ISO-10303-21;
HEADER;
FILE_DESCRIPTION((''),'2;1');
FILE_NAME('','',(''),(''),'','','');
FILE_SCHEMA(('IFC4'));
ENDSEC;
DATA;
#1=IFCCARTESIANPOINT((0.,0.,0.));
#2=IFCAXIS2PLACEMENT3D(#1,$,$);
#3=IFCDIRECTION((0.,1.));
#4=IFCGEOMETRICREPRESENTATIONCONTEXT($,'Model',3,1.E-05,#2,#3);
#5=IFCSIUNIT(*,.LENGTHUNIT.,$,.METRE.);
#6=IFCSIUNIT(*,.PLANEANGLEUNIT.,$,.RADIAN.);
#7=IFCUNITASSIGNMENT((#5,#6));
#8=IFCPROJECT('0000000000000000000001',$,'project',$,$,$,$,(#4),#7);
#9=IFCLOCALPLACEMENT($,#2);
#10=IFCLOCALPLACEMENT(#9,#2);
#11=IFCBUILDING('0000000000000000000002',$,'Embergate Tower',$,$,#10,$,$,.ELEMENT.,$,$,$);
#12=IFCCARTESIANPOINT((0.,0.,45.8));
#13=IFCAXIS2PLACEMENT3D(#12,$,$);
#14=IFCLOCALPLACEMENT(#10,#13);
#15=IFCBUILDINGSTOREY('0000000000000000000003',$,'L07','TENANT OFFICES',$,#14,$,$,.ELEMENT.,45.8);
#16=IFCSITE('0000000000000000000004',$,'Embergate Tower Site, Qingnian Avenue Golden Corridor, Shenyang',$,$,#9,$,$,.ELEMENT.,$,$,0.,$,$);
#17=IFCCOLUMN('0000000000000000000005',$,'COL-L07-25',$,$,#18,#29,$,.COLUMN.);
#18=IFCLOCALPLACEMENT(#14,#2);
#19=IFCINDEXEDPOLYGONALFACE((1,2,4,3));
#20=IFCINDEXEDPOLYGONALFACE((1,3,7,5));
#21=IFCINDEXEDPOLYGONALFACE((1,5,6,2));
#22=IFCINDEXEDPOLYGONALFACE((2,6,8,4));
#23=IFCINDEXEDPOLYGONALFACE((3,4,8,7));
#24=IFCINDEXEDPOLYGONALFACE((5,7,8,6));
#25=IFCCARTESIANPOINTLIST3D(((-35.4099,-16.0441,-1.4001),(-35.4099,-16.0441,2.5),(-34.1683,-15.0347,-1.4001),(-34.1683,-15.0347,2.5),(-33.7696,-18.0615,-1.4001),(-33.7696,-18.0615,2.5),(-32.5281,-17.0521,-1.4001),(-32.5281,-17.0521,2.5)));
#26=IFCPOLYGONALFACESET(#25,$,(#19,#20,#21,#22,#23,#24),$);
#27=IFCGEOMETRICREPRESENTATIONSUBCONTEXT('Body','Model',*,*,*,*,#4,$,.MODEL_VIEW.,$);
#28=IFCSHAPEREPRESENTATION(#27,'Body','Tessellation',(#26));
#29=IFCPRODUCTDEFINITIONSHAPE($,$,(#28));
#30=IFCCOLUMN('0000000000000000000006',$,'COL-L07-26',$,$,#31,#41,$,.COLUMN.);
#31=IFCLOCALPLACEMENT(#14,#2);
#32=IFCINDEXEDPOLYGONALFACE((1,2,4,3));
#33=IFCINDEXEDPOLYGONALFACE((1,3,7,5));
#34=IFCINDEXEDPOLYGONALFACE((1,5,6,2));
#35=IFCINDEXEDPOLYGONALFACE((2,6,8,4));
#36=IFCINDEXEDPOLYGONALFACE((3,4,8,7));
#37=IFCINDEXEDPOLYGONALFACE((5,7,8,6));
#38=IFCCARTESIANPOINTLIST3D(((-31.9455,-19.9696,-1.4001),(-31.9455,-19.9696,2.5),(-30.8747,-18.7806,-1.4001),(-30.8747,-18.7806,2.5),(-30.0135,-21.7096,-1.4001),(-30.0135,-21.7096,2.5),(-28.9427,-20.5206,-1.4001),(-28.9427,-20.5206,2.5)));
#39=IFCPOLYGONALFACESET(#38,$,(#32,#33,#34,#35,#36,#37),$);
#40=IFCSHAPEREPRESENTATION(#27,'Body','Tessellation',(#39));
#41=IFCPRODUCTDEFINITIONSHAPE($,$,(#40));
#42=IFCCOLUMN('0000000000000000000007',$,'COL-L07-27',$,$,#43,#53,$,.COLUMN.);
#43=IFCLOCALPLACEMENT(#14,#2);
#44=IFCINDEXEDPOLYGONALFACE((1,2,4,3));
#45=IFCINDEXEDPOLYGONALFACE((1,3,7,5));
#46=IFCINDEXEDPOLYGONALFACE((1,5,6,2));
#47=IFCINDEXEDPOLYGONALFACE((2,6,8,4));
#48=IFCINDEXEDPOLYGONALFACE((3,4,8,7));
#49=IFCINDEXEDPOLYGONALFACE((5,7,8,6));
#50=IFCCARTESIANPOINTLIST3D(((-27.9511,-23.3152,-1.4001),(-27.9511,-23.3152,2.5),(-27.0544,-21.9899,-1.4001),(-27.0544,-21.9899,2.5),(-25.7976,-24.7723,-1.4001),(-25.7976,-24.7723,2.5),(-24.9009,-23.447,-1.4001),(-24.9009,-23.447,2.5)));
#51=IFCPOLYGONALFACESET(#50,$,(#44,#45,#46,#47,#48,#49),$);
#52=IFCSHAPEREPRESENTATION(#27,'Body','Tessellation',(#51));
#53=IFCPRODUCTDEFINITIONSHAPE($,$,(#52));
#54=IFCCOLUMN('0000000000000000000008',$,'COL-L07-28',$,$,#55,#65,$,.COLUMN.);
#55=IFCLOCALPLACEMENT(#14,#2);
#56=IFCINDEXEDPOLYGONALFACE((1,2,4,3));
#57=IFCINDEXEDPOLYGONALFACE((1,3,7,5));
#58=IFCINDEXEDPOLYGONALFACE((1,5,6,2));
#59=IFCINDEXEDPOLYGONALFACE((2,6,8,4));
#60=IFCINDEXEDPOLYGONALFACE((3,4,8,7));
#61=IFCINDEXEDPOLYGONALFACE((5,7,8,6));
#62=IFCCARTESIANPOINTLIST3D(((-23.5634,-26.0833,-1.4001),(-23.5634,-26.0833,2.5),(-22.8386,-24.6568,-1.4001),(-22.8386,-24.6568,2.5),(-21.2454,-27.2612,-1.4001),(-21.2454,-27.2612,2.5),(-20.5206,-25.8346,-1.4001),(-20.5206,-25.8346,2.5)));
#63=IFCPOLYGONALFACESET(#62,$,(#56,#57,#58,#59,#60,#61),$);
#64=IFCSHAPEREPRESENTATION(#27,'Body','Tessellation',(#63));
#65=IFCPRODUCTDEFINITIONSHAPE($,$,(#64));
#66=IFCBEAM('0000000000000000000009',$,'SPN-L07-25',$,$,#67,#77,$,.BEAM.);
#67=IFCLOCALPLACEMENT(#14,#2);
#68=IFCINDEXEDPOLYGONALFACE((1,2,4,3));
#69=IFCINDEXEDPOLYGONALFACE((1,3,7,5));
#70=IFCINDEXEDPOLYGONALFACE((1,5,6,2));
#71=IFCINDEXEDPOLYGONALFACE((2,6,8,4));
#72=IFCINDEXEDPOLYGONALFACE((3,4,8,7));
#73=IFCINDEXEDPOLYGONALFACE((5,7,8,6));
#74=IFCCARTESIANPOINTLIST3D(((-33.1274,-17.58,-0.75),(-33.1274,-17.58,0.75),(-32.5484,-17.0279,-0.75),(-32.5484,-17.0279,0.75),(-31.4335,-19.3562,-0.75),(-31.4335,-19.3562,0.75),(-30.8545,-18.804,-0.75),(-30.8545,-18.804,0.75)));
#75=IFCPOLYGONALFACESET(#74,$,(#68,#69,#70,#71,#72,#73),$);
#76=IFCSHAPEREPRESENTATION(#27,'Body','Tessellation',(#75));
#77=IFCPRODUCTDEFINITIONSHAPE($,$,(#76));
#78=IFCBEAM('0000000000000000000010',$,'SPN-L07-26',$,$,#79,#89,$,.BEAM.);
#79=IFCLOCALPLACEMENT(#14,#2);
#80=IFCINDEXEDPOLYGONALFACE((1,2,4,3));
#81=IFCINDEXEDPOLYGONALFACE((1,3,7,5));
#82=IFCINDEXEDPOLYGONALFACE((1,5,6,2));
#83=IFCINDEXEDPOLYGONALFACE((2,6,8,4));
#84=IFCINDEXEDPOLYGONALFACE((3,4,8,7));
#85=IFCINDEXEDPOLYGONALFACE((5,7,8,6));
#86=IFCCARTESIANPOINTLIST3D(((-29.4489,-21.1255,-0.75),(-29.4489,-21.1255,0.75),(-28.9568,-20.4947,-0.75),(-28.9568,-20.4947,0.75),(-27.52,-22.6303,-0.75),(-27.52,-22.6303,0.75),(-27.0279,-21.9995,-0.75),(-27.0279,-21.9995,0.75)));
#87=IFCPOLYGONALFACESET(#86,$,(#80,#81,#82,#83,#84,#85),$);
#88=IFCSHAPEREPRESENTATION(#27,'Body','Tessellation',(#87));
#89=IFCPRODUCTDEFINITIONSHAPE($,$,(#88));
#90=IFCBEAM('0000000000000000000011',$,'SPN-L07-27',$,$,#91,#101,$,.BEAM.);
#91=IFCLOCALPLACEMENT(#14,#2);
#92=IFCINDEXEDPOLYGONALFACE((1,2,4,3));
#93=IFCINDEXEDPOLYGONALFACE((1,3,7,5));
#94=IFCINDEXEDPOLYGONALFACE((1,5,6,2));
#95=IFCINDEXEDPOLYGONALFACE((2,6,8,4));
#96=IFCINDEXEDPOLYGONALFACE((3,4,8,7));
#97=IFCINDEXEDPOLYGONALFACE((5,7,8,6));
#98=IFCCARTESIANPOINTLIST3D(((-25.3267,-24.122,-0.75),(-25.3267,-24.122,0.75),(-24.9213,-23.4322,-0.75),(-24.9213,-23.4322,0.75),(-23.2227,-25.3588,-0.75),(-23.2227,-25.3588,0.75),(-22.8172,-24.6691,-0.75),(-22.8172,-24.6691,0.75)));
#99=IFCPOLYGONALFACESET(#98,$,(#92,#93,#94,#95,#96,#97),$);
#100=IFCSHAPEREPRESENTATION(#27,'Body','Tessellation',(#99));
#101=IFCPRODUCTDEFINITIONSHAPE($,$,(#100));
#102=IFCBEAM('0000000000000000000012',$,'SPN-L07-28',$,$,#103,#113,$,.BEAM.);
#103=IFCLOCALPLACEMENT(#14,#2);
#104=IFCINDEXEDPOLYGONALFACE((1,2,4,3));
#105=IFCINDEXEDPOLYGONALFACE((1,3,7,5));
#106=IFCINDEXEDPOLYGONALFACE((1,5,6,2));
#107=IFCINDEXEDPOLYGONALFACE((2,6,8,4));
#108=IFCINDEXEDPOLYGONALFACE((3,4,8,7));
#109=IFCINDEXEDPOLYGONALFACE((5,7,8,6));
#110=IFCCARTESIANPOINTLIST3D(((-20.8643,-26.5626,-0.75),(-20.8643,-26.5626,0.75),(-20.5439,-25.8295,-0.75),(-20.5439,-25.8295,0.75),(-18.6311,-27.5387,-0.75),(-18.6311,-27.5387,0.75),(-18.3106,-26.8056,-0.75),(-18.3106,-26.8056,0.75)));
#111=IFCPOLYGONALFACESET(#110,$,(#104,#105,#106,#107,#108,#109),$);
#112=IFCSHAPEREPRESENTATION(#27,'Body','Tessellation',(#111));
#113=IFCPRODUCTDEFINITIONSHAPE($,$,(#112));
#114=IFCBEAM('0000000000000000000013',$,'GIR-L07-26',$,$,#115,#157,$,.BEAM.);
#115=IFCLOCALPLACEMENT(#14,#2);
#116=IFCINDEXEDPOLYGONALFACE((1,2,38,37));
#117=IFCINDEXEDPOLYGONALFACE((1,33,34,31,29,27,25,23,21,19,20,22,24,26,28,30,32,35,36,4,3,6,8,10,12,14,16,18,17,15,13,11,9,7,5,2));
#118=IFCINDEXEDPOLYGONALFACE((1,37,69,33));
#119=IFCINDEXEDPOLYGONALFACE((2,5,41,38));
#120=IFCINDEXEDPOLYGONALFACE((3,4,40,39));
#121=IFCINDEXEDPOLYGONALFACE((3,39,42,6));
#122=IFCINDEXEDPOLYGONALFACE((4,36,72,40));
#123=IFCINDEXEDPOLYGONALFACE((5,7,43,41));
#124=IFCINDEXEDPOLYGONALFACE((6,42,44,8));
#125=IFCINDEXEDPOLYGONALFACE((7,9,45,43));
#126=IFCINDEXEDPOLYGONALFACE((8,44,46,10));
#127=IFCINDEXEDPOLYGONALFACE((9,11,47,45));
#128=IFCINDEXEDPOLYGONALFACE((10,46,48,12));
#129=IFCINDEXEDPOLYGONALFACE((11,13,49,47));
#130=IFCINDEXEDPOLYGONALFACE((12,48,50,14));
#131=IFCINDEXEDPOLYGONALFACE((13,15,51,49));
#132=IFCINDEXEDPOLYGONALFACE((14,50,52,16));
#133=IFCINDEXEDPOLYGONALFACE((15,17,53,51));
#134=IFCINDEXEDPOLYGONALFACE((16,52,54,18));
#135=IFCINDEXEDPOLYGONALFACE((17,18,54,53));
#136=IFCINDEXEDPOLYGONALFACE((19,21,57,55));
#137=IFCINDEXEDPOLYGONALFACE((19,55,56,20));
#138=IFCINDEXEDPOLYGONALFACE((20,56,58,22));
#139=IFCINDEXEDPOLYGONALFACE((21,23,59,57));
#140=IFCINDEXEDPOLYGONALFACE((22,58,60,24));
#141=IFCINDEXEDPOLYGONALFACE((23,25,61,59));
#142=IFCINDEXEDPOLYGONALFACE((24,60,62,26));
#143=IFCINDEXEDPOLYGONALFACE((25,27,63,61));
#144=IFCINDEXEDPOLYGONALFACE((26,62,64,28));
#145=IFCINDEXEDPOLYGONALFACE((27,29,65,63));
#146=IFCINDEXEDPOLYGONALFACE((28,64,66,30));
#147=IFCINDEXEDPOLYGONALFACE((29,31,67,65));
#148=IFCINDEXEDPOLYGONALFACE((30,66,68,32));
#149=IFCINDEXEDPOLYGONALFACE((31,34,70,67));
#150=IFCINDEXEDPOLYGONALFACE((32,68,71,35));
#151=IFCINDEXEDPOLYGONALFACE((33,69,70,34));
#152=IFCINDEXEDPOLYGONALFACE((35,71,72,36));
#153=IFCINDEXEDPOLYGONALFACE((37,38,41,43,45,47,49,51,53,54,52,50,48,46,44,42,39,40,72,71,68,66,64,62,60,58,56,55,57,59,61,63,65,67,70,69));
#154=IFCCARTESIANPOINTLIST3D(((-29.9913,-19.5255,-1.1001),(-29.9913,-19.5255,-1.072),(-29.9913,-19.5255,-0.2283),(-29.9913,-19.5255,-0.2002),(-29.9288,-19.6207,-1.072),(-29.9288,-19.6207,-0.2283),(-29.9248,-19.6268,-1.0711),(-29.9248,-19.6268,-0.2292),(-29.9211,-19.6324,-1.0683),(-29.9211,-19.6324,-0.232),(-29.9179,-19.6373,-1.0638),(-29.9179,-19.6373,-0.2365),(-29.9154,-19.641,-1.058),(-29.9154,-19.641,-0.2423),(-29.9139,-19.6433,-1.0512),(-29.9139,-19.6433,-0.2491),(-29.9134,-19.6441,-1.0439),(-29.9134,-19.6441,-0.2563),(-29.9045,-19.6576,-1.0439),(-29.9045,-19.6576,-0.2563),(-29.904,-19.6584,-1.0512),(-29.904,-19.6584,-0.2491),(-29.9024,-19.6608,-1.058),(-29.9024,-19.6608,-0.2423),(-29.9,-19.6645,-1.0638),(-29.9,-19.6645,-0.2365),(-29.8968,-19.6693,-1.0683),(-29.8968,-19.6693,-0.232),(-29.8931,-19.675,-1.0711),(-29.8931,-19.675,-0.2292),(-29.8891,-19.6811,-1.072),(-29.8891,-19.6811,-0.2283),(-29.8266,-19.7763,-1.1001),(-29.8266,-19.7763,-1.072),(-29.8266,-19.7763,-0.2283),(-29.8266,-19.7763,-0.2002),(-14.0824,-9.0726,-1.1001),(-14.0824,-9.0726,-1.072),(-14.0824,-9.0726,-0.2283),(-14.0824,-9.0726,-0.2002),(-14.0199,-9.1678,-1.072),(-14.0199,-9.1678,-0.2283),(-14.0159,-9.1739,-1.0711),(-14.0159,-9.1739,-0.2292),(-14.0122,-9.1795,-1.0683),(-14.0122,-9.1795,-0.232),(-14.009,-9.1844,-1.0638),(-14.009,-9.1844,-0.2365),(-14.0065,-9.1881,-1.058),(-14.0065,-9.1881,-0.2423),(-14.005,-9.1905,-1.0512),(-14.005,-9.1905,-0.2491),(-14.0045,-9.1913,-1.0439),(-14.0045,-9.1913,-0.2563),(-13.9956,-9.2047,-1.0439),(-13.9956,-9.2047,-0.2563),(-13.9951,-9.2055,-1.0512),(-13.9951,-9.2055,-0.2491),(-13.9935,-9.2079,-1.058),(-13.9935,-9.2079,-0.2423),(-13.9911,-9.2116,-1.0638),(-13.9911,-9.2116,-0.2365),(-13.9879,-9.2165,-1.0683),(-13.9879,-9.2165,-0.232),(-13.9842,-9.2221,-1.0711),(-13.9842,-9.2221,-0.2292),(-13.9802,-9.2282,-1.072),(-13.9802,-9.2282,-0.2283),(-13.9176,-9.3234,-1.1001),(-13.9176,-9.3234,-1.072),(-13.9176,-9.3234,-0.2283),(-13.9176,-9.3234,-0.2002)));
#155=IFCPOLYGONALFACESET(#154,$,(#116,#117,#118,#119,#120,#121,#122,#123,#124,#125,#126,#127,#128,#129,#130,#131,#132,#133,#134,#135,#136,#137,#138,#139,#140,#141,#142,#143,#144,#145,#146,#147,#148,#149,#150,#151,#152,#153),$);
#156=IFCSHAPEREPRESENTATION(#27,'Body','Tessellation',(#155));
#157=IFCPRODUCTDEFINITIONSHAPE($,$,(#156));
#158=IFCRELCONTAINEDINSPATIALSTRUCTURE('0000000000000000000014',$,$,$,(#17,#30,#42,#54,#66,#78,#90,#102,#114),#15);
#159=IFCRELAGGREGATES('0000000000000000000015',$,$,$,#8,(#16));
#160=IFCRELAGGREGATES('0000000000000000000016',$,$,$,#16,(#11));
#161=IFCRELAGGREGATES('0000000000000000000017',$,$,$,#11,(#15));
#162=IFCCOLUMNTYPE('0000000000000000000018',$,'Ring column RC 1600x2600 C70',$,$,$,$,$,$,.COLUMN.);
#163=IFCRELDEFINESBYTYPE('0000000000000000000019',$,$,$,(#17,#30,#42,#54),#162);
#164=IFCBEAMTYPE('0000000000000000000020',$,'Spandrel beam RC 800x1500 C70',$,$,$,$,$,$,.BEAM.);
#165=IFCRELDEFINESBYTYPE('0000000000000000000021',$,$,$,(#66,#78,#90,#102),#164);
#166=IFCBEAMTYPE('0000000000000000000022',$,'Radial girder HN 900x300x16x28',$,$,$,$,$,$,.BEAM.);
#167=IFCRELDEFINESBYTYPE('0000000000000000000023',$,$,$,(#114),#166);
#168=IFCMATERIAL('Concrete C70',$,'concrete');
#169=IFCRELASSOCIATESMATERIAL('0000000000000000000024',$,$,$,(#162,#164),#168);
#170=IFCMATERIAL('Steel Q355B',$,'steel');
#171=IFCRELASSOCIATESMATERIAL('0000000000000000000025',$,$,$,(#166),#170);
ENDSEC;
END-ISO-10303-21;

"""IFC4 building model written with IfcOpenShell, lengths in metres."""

from ifc_helpers import new_model, si_unit, direction, frame, origin, origin_2d, place, context, subcontext, project, spatial, rectangle, i_section, extrude, source, transform, mapped, material, material_profile, profile_set, type_object, element, save


model = new_model("IFC4")

# Units and contexts
model_context = context("Model", 3, precision=1e-05, world=origin(), true_north=direction((0.0, 1.0)))
body_context = subcontext(model_context, "Body", "Model", "MODEL_VIEW")
ifc_project = project(units=[si_unit("LENGTHUNIT", "METRE"), si_unit("PLANEANGLEUNIT", "RADIAN")], contexts=[model_context])

# Site, building, storey
site_placement = place(None, origin())
site = spatial("IfcSite", under=ifc_project, at=site_placement, Name="Embergate Tower Site, Qingnian Avenue Golden Corridor, Shenyang", CompositionType="ELEMENT", RefElevation=0.0)
building_placement = place(site_placement, origin())
building = spatial("IfcBuilding", under=site, at=building_placement, Name="Embergate Tower", CompositionType="ELEMENT")
storey_placement = place(building_placement, frame((0.0, 0.0, 45.8)))
storey = spatial("IfcBuildingStorey", under=building, at=storey_placement, Name="L07", Description="TENANT OFFICES", CompositionType="ELEMENT", Elevation=45.8)

# Columns
ifc_material_1 = material(Name="Concrete C70", Category="concrete")
ifc_material_profile_1 = material_profile(ifc_material_1, rectangle(XDim=1.6001, YDim=2.6001, at=origin_2d()), Name="RC 1600x2600")
ifc_profile_set_1 = profile_set([ifc_material_profile_1], Name="Concrete C70")
column_type = type_object("IfcColumnType", Name="Ring column RC 1600x2600 C70", PredefinedType="COLUMN", material=ifc_profile_set_1)
shared_shape_1 = source(origin(), body_context, "Body", "SweptSolid", [
    extrude(rectangle(XDim=1.6001, YDim=2.6001, at=origin_2d()), origin(), (0.0, 0.0, 1.0), 3.9001),
])
for number, where, z_axis, x_axis, name in (
    (1, (-33.969, -16.5481, -1.4001), (0.0, 0.0, 1.0), (-0.775914, -0.630838, 0.0), "COL-L07-25"),
    (2, (-30.4441, -20.2451, -1.4001), (0.0, 0.0, 1.0), (-0.669208, -0.743075, 0.0), "COL-L07-26"),
    (3, (-26.426, -23.3811, -1.4001), (0.0, 0.0, 1.0), (-0.560393, -0.828227, 0.0), "COL-L07-27"),
    (4, (-22.042, -25.959, -1.4001), (0.0, 0.0, 1.0), (-0.452995, -0.891513, 0.0), "COL-L07-28"),
):
    element("IfcColumn", number, at=place(storey_placement, frame(where, z_axis=z_axis, x_axis=x_axis)), inside=storey, type_object=column_type, Name=name, PredefinedType="COLUMN", context=body_context, shape_type="MappedRepresentation", body=[
        mapped(shared_shape_1, transform((0.0, 0.0, 0.0))),
    ])

# Beams
ifc_material_profile_2 = material_profile(ifc_material_1, rectangle(XDim=0.8, YDim=1.5, at=origin_2d()), Name="RC 800x1500")
ifc_profile_set_2 = profile_set([ifc_material_profile_2], Name="Concrete C70")
beam_type_1 = type_object("IfcBeamType", Name="Spandrel beam RC 800x1500 C70", PredefinedType="BEAM", material=ifc_profile_set_2)
shared_shape_2 = source(origin(), body_context, "Body", "SweptSolid", [
    extrude(rectangle(XDim=0.8, YDim=1.5, at=origin_2d()), origin(), (0.0, 0.0, 1.0), 2.4543),
])
beam_1_placement = place(storey_placement, frame((-32.8379, -17.304, 0.0), z_axis=(0.690147, -0.723669, 0.0), x_axis=(0.723669, 0.690147, 0.0)))
element("IfcBeam", 5, at=beam_1_placement, inside=storey, type_object=beam_type_1, Name="SPN-L07-25", PredefinedType="BEAM", context=body_context, shape_type="MappedRepresentation", body=[
    mapped(shared_shape_2, transform((0.0, 0.0, 0.0))),
])
shared_shape_3 = source(origin(), body_context, "Body", "SweptSolid", [
    extrude(rectangle(XDim=0.8, YDim=1.5, at=origin_2d()), origin(), (0.0, 0.0, 1.0), 2.4465),
])
beam_2_placement = place(storey_placement, frame((-29.2029, -20.8101, 0.0), z_axis=(0.788443, -0.615107, 0.0), x_axis=(0.615107, 0.788443, 0.0)))
element("IfcBeam", 6, at=beam_2_placement, inside=storey, type_object=beam_type_1, Name="SPN-L07-26", PredefinedType="BEAM", context=body_context, shape_type="MappedRepresentation", body=[
    mapped(shared_shape_3, transform((0.0, 0.0, 0.0))),
])
shared_shape_4 = source(origin(), body_context, "Body", "SweptSolid", [
    extrude(rectangle(XDim=0.8, YDim=1.5, at=origin_2d()), origin(), (0.0, 0.0, 1.0), 2.4407),
])
beam_3_placement = place(storey_placement, frame((-25.124, -23.7771, 0.0), z_axis=(0.862083, -0.506767, 0.0), x_axis=(0.506767, 0.862083, 0.0)))
element("IfcBeam", 7, at=beam_3_placement, inside=storey, type_object=beam_type_1, Name="SPN-L07-27", PredefinedType="BEAM", context=body_context, shape_type="MappedRepresentation", body=[
    mapped(shared_shape_4, transform((0.0, 0.0, 0.0))),
])
shared_shape_5 = source(origin(), body_context, "Body", "SweptSolid", [
    extrude(rectangle(XDim=0.8, YDim=1.5, at=origin_2d()), origin(), (0.0, 0.0, 1.0), 2.4373),
])
beam_4_placement = place(storey_placement, frame((-20.7041, -26.196, 0.0), z_axis=(0.916298, -0.400498, 0.0), x_axis=(0.400498, 0.916298, 0.0)))
element("IfcBeam", 8, at=beam_4_placement, inside=storey, type_object=beam_type_1, Name="SPN-L07-28", PredefinedType="BEAM", context=body_context, shape_type="MappedRepresentation", body=[
    mapped(shared_shape_5, transform((0.0, 0.0, 0.0))),
])
ifc_material_2 = material(Name="Steel Q355B", Category="steel")
ifc_material_profile_3 = material_profile(ifc_material_2, i_section(OverallWidth=0.3, OverallDepth=0.8999, WebThickness=0.0161, FlangeThickness=0.0281, FilletRadius=0.0281, at=origin_2d()), Name="HN 900x300x16x28")
ifc_profile_set_3 = profile_set([ifc_material_profile_3], Name="Steel Q355 grade B")
beam_type_2 = type_object("IfcBeamType", Name="Radial girder HN 900x300x16x28", PredefinedType="BEAM", material=ifc_profile_set_3)
shared_shape_6 = source(origin(), body_context, "Body", "SweptSolid", [
    extrude(i_section(OverallWidth=0.3, OverallDepth=0.8999, WebThickness=0.0161, FlangeThickness=0.0281, FilletRadius=0.0281, at=origin_2d()), origin(), (0.0, 0.0, 1.0), 19.0356),
])
beam_5_placement = place(storey_placement, frame((-29.9089, -19.6509, -0.6501), z_axis=(0.835743, 0.549121, 0.0), x_axis=(-0.549121, 0.835743, 0.0)))
element("IfcBeam", 9, at=beam_5_placement, inside=storey, type_object=beam_type_2, Name="GIR-L07-26", PredefinedType="BEAM", context=body_context, shape_type="MappedRepresentation", body=[
    mapped(shared_shape_6, transform((0.0, 0.0, 0.0))),
])

save(model, "model.ifc")
